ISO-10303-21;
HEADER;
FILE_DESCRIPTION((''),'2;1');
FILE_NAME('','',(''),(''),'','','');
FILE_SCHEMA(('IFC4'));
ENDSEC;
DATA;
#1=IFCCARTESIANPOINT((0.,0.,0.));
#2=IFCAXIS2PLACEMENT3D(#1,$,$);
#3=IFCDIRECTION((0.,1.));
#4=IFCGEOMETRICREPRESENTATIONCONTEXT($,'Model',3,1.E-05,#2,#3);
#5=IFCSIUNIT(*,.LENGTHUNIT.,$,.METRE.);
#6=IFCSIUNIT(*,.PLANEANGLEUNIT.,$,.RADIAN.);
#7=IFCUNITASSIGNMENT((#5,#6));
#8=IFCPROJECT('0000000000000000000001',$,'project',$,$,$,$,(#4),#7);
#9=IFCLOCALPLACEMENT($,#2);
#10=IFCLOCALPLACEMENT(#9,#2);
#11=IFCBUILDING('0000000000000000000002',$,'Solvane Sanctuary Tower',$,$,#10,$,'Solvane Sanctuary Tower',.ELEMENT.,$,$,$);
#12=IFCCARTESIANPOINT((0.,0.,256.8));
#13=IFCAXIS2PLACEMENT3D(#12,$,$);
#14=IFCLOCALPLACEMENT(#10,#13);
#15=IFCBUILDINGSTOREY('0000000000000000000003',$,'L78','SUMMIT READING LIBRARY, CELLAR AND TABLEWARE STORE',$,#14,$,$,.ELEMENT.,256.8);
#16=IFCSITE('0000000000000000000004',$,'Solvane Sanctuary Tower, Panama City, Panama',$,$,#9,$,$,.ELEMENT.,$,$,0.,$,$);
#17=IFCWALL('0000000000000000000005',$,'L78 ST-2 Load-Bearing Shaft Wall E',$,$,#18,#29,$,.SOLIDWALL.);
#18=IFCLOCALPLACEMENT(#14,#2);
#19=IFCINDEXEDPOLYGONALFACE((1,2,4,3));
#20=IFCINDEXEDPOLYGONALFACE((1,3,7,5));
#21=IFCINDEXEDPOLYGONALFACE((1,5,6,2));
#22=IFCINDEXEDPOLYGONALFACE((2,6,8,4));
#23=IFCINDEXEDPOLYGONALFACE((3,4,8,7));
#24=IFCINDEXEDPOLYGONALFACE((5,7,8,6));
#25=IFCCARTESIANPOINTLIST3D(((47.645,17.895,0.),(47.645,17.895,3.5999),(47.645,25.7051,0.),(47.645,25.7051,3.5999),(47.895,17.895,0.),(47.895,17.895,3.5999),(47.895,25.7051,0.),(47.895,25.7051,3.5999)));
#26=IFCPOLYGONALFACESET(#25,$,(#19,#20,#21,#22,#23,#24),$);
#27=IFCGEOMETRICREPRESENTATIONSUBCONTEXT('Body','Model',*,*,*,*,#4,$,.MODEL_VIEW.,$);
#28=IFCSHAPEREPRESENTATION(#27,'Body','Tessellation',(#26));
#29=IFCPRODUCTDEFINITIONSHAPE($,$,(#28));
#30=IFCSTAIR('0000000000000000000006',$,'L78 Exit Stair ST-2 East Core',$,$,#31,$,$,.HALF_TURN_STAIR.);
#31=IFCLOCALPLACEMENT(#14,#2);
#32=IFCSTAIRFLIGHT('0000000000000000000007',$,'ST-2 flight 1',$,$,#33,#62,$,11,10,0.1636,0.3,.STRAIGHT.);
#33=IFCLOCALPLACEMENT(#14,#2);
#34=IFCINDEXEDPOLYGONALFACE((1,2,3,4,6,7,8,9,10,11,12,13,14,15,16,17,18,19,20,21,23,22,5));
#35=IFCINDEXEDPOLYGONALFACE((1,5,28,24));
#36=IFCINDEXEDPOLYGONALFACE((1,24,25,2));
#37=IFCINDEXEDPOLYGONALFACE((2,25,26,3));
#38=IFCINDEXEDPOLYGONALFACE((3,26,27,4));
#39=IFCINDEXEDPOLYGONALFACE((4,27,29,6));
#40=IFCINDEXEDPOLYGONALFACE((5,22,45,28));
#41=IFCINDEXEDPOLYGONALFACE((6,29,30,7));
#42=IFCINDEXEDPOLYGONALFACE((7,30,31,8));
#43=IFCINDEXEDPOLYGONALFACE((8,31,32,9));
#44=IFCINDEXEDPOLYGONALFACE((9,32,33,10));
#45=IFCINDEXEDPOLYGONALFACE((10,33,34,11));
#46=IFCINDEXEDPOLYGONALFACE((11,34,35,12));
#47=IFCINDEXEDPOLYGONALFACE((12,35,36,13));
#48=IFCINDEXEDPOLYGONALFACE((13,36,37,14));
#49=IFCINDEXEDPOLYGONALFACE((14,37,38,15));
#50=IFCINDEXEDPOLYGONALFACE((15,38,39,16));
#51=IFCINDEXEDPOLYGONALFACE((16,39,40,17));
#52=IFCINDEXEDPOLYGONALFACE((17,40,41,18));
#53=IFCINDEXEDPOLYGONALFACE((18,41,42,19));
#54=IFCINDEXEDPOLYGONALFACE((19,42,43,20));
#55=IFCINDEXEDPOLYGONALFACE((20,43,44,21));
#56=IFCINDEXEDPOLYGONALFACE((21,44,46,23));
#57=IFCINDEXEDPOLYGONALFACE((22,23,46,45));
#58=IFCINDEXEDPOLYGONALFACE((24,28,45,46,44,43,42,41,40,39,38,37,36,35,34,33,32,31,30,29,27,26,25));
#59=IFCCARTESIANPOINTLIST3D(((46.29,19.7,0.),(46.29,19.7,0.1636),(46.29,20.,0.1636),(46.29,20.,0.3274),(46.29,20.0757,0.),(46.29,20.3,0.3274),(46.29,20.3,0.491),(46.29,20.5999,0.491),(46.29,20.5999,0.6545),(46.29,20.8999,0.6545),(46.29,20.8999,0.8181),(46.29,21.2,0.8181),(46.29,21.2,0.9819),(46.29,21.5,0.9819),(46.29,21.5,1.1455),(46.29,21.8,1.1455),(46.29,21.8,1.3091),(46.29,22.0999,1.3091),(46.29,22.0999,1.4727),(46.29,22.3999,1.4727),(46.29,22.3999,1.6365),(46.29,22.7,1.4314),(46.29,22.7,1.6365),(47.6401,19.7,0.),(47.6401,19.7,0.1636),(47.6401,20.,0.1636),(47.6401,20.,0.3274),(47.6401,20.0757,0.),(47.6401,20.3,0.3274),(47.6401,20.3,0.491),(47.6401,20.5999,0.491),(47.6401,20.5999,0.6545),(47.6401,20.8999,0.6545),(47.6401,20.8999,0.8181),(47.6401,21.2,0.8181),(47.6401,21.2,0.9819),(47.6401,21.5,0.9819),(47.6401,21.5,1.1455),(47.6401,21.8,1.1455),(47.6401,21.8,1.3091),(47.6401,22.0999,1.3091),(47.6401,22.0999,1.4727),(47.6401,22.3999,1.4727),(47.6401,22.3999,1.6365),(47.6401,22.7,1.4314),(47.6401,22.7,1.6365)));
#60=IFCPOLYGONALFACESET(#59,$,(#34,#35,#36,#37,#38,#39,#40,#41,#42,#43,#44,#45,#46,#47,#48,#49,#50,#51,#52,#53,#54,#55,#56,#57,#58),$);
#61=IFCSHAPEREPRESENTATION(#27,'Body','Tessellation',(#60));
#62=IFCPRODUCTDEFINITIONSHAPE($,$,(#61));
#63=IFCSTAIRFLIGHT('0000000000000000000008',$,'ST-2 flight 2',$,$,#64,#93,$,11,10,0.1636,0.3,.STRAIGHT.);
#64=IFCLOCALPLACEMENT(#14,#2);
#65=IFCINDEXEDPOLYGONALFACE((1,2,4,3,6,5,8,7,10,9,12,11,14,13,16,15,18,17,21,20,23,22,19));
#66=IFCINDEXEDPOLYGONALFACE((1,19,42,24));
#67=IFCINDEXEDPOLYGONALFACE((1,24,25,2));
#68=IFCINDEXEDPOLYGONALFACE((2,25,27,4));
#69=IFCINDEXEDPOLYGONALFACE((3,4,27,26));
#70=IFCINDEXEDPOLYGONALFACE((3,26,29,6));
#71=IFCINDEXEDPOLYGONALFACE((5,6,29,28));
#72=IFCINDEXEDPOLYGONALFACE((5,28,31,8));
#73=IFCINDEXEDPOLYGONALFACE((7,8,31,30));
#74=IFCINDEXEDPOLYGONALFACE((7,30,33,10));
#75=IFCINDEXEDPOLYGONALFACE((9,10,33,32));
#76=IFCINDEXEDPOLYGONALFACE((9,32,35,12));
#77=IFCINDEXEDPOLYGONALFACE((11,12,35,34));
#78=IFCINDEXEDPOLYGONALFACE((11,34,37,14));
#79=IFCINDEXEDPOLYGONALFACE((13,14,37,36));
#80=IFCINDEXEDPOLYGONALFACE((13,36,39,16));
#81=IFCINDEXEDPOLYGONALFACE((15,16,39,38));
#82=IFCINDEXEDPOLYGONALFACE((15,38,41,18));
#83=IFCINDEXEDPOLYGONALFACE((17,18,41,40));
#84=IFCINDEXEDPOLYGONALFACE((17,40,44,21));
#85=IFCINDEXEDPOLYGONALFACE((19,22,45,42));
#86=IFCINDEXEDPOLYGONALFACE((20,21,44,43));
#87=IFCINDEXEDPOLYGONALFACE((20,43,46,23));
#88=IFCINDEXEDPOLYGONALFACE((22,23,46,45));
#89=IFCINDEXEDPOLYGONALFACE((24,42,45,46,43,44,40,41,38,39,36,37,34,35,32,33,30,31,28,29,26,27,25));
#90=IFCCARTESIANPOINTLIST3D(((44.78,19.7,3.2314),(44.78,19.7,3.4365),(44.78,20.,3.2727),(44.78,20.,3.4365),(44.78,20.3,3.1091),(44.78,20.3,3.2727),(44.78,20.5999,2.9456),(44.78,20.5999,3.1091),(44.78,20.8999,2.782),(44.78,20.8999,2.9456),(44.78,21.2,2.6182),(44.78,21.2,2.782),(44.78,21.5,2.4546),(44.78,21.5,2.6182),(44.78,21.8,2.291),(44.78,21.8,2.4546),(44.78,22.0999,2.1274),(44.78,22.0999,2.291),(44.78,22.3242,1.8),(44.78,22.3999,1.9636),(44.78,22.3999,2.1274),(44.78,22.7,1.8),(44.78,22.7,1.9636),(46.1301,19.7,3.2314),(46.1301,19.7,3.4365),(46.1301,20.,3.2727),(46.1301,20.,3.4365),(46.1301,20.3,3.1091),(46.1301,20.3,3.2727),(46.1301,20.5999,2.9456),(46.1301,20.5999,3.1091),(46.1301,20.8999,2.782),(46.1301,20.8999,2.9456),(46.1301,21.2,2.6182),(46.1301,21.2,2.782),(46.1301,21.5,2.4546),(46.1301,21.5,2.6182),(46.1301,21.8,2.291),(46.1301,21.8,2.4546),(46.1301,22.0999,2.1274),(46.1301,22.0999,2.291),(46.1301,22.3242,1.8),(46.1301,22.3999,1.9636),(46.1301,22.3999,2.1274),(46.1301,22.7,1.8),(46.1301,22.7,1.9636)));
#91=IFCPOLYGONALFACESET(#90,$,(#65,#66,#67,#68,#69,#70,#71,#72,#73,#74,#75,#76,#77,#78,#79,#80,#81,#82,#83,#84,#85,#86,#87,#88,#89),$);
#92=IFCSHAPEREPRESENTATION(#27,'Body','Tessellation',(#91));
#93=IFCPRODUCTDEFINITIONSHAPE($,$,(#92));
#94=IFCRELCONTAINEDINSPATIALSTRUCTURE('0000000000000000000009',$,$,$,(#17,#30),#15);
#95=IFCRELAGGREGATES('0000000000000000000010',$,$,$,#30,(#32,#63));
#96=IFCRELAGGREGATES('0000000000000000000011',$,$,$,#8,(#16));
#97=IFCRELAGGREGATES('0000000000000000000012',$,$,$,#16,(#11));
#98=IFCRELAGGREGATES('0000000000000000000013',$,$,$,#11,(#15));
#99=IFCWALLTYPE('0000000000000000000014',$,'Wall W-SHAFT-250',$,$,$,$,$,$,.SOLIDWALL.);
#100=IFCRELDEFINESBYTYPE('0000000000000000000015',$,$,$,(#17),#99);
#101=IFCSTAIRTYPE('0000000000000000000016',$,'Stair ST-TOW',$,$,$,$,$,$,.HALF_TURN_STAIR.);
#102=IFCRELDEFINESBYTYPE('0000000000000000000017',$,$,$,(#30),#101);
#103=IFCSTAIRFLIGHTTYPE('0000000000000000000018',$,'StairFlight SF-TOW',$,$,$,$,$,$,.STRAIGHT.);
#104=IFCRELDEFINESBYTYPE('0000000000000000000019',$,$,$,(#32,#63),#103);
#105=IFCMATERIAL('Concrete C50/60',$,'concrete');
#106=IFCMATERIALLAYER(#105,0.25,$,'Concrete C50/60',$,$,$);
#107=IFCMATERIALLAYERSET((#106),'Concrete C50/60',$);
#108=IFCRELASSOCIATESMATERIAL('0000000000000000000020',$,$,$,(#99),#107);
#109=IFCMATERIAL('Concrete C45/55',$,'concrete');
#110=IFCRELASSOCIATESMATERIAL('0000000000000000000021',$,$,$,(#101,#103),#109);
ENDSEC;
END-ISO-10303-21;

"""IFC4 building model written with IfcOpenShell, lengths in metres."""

from ifc_helpers import new_model, si_unit, direction, frame, frame_2d, origin, place, context, subcontext, project, spatial, polyline, rectangle, outline, extrude, material, layer, layer_set, type_object, element, aggregate, save


model = new_model("IFC4")

# Units and contexts
model_context = context("Model", 3, precision=1e-05, world=origin(), true_north=direction((0.0, 1.0)))
body_context = subcontext(model_context, "Body", "Model", "MODEL_VIEW")
ifc_project = project(units=[si_unit("LENGTHUNIT", "METRE"), si_unit("PLANEANGLEUNIT", "RADIAN")], contexts=[model_context])

# Site, building, storey
site_placement = place(None, origin())
site = spatial("IfcSite", under=ifc_project, at=site_placement, Name="Solvane Sanctuary Tower, Panama City, Panama", CompositionType="ELEMENT", RefElevation=0.0)
building_placement = place(site_placement, origin())
building = spatial("IfcBuilding", under=site, at=building_placement, Name="Solvane Sanctuary Tower", LongName="Solvane Sanctuary Tower", CompositionType="ELEMENT")
storey_placement = place(building_placement, frame((0.0, 0.0, 256.8)))
storey = spatial("IfcBuildingStorey", under=building, at=storey_placement, Name="L78", Description="SUMMIT READING LIBRARY, CELLAR AND TABLEWARE STORE", CompositionType="ELEMENT", Elevation=256.8)

# Shared definitions
ifc_material_1 = material(Name="Concrete C50/60", Category="concrete")

# Shared definitions
ifc_layer_1 = layer(ifc_material_1, 0.25, Name="Concrete C50/60")
ifc_layer_set_1 = layer_set([ifc_layer_1], Name="Concrete C50/60")
wall_type_1 = type_object("IfcWallType", Name="Wall W-SHAFT-250", PredefinedType="SOLIDWALL", material=ifc_layer_set_1)

# Wall
for number, where, z_axis, x_axis, name in (
    (1, (47.77, 17.895, 0.0), (0.0, 0.0, 1.0), (0.0, 1.0, 0.0), "L78 ST-2 Load-Bearing Shaft Wall E"),
):
    element("IfcWall", number, at=place(storey_placement, frame(where, z_axis=z_axis, x_axis=x_axis)), inside=storey, type_object=wall_type_1, Name=name, PredefinedType="SOLIDWALL", context=body_context, shape_type="SweptSolid", body=[
        extrude(rectangle(XDim=7.8101, YDim=0.25, at=frame_2d((3.905, 0.0))), origin(), (0.0, 0.0, 1.0), 3.5999),
    ])

# Stair, stair flights
ifc_material_2 = material(Name="Concrete C45/55", Category="concrete")
stair_type = type_object("IfcStairType", Name="Stair ST-TOW", PredefinedType="HALF_TURN_STAIR", material=ifc_material_2)
stair_placement = place(storey_placement, origin())
stair = element("IfcStair", 2, at=stair_placement, inside=storey, type_object=stair_type, Name="L78 Exit Stair ST-2 East Core", PredefinedType="HALF_TURN_STAIR")
stair_flight_type = type_object("IfcStairFlightType", Name="StairFlight SF-TOW", PredefinedType="STRAIGHT", material=ifc_material_2)
stair_flight_1_placement = place(storey_placement, frame((46.9651, 19.7, 0.0), z_axis=(0.0, 0.0, 1.0), x_axis=(0.0, 1.0, 0.0)))
stair_flight_1 = element("IfcStairFlight", 3, at=stair_flight_1_placement, type_object=stair_flight_type, Name="ST-2 flight 1", NumberOfRisers=11, NumberOfTreads=10, PredefinedType="STRAIGHT", RiserHeight=0.1636, TreadLength=0.3, context=body_context, shape_type="SweptSolid", body=[
    extrude(outline(polyline([(0.0, 0.0), (0.0, 0.1636), (0.3, 0.1636), (0.3, 0.3274), (0.6001, 0.3274), (0.6001, 0.491), (0.8999, 0.491), (0.8999, 0.6545), (1.2, 0.6545), (1.2, 0.8181), (1.5, 0.8181), (1.5, 0.9819), (1.8, 0.9819), (1.8, 1.1455), (2.1001, 1.1455), (2.1001, 1.3091), (2.3999, 1.3091), (2.3999, 1.4727), (2.7, 1.4727), (2.7, 1.6365), (3.0, 1.6365), (3.0, 1.8), (3.0, 1.4314), (0.3757, 0.0), (0.0, 0.0)])), frame((0.0, 0.675, 0.0), z_axis=(0.0, -1.0, 0.0), x_axis=(1.0, 0.0, 0.0)), (0.0, 0.0, 1.0), 1.3501),
])
stair_flight_2_placement = place(storey_placement, frame((45.4551, 22.7, 1.8), z_axis=(0.0, 0.0, 1.0), x_axis=(0.0, -1.0, 0.0)))
stair_flight_2 = element("IfcStairFlight", 4, at=stair_flight_2_placement, type_object=stair_flight_type, Name="ST-2 flight 2", NumberOfRisers=11, NumberOfTreads=10, PredefinedType="STRAIGHT", RiserHeight=0.1636, TreadLength=0.3, context=body_context, shape_type="SweptSolid", body=[
    extrude(outline(polyline([(0.0, 0.0), (0.0, 0.1636), (0.3, 0.1636), (0.3, 0.3274), (0.6001, 0.3274), (0.6001, 0.491), (0.8999, 0.491), (0.8999, 0.6545), (1.2, 0.6545), (1.2, 0.8181), (1.5, 0.8181), (1.5, 0.9819), (1.8, 0.9819), (1.8, 1.1455), (2.1001, 1.1455), (2.1001, 1.3091), (2.3999, 1.3091), (2.3999, 1.4727), (2.7, 1.4727), (2.7, 1.6365), (3.0, 1.6365), (3.0, 1.8), (3.0, 1.4314), (0.3757, 0.0), (0.0, 0.0)])), frame((0.0, 0.675, 0.0), z_axis=(0.0, -1.0, 0.0), x_axis=(1.0, 0.0, 0.0)), (0.0, 0.0, 1.0), 1.3501),
])
aggregate(stair, [stair_flight_1, stair_flight_2])

save(model, "model.ifc")
